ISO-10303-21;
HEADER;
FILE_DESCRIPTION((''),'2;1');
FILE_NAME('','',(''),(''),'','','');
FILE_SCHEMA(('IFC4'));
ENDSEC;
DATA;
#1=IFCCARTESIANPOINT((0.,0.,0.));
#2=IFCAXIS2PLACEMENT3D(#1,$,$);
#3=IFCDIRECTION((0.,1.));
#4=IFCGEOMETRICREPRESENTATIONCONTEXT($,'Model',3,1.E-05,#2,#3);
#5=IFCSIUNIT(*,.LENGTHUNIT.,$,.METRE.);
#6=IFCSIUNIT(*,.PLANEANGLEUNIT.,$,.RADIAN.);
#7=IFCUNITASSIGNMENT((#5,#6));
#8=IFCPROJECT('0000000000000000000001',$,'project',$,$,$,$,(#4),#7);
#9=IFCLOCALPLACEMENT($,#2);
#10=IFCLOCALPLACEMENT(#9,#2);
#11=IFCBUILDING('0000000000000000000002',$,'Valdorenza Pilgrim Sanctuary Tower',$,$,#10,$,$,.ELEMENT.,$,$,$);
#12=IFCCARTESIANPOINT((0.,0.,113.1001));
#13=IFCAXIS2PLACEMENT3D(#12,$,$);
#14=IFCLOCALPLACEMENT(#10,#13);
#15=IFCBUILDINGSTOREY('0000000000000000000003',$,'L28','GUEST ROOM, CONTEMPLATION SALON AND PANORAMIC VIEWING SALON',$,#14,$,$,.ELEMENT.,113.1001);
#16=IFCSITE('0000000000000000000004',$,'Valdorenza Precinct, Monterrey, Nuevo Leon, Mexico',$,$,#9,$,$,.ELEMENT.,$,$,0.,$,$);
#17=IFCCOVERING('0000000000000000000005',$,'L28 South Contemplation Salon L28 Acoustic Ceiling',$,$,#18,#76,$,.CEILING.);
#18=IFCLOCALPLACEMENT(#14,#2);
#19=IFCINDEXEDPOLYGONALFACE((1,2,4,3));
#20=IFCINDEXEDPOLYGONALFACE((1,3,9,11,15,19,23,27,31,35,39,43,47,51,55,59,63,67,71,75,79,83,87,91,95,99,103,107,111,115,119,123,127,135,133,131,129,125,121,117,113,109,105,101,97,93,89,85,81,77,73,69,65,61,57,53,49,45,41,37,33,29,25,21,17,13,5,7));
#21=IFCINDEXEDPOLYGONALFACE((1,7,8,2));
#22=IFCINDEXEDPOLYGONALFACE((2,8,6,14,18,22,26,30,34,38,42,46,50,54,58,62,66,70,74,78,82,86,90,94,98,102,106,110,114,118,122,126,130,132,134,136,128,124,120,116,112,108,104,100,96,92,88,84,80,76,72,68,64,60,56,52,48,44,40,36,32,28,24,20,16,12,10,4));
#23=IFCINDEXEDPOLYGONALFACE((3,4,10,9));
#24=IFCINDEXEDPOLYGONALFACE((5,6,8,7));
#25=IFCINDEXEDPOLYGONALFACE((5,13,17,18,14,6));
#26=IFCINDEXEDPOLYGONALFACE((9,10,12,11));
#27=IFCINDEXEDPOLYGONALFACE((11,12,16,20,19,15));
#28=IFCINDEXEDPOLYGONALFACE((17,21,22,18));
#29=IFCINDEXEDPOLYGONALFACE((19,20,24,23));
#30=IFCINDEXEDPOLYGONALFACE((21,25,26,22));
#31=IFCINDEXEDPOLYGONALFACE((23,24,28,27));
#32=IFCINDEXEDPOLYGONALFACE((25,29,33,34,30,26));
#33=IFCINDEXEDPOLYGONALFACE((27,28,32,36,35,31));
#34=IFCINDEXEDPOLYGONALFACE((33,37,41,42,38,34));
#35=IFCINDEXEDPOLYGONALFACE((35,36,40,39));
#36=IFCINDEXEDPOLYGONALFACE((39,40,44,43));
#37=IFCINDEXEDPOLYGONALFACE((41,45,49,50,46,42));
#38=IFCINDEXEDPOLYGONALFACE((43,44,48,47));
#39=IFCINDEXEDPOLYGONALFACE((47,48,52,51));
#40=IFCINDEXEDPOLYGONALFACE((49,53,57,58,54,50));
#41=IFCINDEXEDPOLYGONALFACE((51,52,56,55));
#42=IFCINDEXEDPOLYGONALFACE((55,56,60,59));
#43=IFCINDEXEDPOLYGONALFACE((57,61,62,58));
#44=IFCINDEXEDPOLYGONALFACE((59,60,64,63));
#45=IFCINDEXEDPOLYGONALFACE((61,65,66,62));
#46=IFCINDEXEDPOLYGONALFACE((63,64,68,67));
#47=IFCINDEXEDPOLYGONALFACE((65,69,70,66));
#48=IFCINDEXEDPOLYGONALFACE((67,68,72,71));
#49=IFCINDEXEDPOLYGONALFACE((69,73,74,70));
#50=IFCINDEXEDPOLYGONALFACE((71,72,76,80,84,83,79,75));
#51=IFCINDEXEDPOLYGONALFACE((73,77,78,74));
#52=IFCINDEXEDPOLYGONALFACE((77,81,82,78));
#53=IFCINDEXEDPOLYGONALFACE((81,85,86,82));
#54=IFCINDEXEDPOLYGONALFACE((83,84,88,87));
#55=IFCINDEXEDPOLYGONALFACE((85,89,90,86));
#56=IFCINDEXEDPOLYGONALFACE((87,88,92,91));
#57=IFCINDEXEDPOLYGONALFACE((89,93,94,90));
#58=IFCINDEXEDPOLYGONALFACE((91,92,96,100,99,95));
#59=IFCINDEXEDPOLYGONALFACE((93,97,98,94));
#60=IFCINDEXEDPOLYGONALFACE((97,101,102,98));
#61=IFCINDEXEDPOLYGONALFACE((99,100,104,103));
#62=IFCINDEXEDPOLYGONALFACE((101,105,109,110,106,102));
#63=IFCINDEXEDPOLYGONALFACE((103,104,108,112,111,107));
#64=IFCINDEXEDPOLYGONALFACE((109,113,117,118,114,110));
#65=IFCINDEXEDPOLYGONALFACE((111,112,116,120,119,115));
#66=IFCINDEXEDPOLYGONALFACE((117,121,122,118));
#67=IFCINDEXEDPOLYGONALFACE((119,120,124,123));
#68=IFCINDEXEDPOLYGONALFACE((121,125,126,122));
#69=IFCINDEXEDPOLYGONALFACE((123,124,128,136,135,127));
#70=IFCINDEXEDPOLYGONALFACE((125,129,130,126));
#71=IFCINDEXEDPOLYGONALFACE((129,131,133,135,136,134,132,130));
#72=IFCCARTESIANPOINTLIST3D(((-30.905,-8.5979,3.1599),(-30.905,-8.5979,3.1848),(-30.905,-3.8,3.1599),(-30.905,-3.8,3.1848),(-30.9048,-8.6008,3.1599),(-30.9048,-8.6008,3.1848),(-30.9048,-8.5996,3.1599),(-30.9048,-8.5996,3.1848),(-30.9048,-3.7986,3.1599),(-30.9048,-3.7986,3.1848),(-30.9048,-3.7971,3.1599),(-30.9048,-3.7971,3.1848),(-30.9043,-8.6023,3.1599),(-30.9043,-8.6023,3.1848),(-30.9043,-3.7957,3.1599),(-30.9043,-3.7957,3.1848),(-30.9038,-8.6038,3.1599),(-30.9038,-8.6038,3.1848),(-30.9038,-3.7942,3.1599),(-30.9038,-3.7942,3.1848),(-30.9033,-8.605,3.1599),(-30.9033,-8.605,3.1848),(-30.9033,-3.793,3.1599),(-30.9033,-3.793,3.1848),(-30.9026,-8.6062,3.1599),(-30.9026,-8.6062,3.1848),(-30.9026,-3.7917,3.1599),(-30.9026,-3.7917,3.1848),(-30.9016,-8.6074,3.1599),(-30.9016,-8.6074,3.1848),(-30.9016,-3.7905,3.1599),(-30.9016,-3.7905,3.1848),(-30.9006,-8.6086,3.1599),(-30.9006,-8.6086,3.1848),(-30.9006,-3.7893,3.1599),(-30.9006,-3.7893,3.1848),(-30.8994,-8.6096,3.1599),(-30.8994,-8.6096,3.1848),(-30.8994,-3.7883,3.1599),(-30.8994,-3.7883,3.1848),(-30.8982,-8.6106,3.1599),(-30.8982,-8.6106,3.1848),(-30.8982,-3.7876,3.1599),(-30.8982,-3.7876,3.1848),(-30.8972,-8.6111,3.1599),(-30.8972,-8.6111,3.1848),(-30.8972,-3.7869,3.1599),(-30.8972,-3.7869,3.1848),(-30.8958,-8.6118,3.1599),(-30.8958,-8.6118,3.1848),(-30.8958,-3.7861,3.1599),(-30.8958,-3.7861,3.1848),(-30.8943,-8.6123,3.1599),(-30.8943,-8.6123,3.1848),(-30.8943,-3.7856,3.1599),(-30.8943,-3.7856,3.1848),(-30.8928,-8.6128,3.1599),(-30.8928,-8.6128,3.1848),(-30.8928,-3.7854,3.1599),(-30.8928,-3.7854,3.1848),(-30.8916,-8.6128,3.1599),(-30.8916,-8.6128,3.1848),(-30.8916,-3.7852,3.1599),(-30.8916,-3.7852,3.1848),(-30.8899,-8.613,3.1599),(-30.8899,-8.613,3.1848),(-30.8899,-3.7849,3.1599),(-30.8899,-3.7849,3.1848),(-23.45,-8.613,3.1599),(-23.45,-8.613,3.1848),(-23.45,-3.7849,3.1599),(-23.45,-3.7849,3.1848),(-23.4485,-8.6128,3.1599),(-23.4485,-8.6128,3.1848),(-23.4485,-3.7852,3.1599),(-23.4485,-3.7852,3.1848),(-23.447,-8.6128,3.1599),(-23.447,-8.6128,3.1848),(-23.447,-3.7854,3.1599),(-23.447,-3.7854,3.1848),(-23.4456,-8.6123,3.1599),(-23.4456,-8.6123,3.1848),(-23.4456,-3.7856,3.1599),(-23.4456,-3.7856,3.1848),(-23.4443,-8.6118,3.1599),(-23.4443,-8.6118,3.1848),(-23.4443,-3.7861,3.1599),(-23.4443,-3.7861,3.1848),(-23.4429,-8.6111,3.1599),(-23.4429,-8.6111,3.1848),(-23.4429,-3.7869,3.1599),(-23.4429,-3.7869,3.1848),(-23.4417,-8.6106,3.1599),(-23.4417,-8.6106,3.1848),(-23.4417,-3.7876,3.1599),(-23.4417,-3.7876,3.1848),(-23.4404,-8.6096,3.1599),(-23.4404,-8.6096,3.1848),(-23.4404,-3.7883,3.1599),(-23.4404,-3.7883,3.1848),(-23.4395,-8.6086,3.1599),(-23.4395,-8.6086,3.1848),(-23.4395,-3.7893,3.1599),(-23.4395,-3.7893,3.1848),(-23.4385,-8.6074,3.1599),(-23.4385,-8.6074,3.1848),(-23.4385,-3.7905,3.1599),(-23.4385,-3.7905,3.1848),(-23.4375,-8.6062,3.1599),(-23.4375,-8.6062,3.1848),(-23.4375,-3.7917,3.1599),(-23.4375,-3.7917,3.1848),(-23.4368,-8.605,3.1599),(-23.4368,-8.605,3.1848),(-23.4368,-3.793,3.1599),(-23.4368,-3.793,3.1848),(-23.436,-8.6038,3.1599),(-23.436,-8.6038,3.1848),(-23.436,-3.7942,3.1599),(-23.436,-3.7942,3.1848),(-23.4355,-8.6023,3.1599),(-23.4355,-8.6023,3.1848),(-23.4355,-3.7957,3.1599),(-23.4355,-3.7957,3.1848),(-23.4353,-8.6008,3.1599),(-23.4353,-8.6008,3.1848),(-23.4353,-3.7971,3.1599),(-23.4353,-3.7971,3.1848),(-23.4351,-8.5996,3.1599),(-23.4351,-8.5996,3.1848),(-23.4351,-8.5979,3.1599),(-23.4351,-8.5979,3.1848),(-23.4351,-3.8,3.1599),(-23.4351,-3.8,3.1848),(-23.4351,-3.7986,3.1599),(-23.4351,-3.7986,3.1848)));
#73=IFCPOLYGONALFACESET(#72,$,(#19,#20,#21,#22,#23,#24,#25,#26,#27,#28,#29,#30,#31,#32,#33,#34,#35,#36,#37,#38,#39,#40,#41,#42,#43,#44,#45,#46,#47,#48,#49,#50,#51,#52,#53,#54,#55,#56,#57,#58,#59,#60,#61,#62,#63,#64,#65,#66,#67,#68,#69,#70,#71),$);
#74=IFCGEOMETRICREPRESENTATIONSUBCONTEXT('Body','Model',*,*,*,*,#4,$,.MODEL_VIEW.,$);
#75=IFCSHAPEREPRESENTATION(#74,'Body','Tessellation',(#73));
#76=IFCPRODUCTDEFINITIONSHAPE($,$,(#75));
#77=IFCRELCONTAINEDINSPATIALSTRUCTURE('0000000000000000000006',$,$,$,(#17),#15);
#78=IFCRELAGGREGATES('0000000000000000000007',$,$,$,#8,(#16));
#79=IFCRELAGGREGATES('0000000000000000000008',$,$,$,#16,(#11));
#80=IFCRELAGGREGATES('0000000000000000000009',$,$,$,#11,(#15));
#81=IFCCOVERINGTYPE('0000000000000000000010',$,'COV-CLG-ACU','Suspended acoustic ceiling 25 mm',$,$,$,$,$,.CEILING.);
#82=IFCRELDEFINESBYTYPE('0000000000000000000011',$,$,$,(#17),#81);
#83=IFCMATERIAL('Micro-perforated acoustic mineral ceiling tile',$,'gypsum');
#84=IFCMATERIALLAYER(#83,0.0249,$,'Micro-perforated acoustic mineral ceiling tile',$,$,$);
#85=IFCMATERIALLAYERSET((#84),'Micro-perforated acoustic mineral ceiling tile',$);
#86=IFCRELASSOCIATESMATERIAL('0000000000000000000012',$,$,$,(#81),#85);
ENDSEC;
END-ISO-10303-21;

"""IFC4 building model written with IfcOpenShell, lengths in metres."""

from ifc_helpers import new_model, si_unit, direction, frame, origin, place, context, subcontext, project, spatial, polyline, outline, extrude, material, layer, layer_set, type_object, element, save


model = new_model("IFC4")

# Units and contexts
model_context = context("Model", 3, precision=1e-05, world=origin(), true_north=direction((0.0, 1.0)))
body_context = subcontext(model_context, "Body", "Model", "MODEL_VIEW")
ifc_project = project(units=[si_unit("LENGTHUNIT", "METRE"), si_unit("PLANEANGLEUNIT", "RADIAN")], contexts=[model_context])

# Site, building, storey
site_placement = place(None, origin())
site = spatial("IfcSite", under=ifc_project, at=site_placement, Name="Valdorenza Precinct, Monterrey, Nuevo Leon, Mexico", CompositionType="ELEMENT", RefElevation=0.0)
building_placement = place(site_placement, origin())
building = spatial("IfcBuilding", under=site, at=building_placement, Name="Valdorenza Pilgrim Sanctuary Tower", CompositionType="ELEMENT")
storey_placement = place(building_placement, frame((0.0, 0.0, 113.1001)))
storey = spatial("IfcBuildingStorey", under=building, at=storey_placement, Name="L28", Description="GUEST ROOM, CONTEMPLATION SALON AND PANORAMIC VIEWING SALON", CompositionType="ELEMENT", Elevation=113.1001)

# Covering
ifc_material_1 = material(Name="Micro-perforated acoustic mineral ceiling tile", Category="gypsum")
ifc_layer_1 = layer(ifc_material_1, 0.0249, Name="Micro-perforated acoustic mineral ceiling tile")
ifc_layer_set_1 = layer_set([ifc_layer_1], Name="Micro-perforated acoustic mineral ceiling tile")
covering_type_1 = type_object("IfcCoveringType", Name="COV-CLG-ACU", Description="Suspended acoustic ceiling 25 mm", PredefinedType="CEILING", material=ifc_layer_set_1)
covering_1_placement = place(storey_placement, frame((0.0, 0.0, 3.1599)))
element("IfcCovering", 1, at=covering_1_placement, inside=storey, type_object=covering_type_1, Name="L28 South Contemplation Salon L28 Acoustic Ceiling", PredefinedType="CEILING", context=body_context, shape_type="SweptSolid", body=[
    extrude(outline(polyline([(-23.4351, -8.5979), (-23.4351, -8.5996), (-23.4353, -8.6008), (-23.4355, -8.6023), (-23.436, -8.6038), (-23.4368, -8.605), (-23.4375, -8.6062), (-23.4385, -8.6074), (-23.4395, -8.6086), (-23.4404, -8.6096), (-23.4417, -8.6106), (-23.4429, -8.6111), (-23.4443, -8.6118), (-23.4456, -8.6123), (-23.447, -8.6128), (-23.4485, -8.6128), (-23.45, -8.613), (-30.8899, -8.613), (-30.8916, -8.6128), (-30.8928, -8.6128), (-30.8943, -8.6123), (-30.8958, -8.6118), (-30.8972, -8.6111), (-30.8982, -8.6106), (-30.8994, -8.6096), (-30.9006, -8.6086), (-30.9016, -8.6074), (-30.9026, -8.6062), (-30.9033, -8.605), (-30.9038, -8.6038), (-30.9043, -8.6023), (-30.9048, -8.6008), (-30.9048, -8.5996), (-30.905, -8.5979), (-30.905, -3.8), (-30.9048, -3.7986), (-30.9048, -3.7971), (-30.9043, -3.7957), (-30.9038, -3.7942), (-30.9033, -3.793), (-30.9026, -3.7917), (-30.9016, -3.7905), (-30.9006, -3.7893), (-30.8994, -3.7883), (-30.8982, -3.7876), (-30.8972, -3.7869), (-30.8958, -3.7861), (-30.8943, -3.7856), (-30.8928, -3.7854), (-30.8916, -3.7852), (-30.8899, -3.7849), (-23.45, -3.7849), (-23.4485, -3.7852), (-23.447, -3.7854), (-23.4456, -3.7856), (-23.4443, -3.7861), (-23.4429, -3.7869), (-23.4417, -3.7876), (-23.4404, -3.7883), (-23.4395, -3.7893), (-23.4385, -3.7905), (-23.4375, -3.7917), (-23.4368, -3.793), (-23.436, -3.7942), (-23.4355, -3.7957), (-23.4353, -3.7971), (-23.4351, -3.7986), (-23.4351, -3.8), (-23.4351, -8.5979)])), origin(), (0.0, 0.0, 1.0), 0.0249),
])

save(model, "model.ifc")
